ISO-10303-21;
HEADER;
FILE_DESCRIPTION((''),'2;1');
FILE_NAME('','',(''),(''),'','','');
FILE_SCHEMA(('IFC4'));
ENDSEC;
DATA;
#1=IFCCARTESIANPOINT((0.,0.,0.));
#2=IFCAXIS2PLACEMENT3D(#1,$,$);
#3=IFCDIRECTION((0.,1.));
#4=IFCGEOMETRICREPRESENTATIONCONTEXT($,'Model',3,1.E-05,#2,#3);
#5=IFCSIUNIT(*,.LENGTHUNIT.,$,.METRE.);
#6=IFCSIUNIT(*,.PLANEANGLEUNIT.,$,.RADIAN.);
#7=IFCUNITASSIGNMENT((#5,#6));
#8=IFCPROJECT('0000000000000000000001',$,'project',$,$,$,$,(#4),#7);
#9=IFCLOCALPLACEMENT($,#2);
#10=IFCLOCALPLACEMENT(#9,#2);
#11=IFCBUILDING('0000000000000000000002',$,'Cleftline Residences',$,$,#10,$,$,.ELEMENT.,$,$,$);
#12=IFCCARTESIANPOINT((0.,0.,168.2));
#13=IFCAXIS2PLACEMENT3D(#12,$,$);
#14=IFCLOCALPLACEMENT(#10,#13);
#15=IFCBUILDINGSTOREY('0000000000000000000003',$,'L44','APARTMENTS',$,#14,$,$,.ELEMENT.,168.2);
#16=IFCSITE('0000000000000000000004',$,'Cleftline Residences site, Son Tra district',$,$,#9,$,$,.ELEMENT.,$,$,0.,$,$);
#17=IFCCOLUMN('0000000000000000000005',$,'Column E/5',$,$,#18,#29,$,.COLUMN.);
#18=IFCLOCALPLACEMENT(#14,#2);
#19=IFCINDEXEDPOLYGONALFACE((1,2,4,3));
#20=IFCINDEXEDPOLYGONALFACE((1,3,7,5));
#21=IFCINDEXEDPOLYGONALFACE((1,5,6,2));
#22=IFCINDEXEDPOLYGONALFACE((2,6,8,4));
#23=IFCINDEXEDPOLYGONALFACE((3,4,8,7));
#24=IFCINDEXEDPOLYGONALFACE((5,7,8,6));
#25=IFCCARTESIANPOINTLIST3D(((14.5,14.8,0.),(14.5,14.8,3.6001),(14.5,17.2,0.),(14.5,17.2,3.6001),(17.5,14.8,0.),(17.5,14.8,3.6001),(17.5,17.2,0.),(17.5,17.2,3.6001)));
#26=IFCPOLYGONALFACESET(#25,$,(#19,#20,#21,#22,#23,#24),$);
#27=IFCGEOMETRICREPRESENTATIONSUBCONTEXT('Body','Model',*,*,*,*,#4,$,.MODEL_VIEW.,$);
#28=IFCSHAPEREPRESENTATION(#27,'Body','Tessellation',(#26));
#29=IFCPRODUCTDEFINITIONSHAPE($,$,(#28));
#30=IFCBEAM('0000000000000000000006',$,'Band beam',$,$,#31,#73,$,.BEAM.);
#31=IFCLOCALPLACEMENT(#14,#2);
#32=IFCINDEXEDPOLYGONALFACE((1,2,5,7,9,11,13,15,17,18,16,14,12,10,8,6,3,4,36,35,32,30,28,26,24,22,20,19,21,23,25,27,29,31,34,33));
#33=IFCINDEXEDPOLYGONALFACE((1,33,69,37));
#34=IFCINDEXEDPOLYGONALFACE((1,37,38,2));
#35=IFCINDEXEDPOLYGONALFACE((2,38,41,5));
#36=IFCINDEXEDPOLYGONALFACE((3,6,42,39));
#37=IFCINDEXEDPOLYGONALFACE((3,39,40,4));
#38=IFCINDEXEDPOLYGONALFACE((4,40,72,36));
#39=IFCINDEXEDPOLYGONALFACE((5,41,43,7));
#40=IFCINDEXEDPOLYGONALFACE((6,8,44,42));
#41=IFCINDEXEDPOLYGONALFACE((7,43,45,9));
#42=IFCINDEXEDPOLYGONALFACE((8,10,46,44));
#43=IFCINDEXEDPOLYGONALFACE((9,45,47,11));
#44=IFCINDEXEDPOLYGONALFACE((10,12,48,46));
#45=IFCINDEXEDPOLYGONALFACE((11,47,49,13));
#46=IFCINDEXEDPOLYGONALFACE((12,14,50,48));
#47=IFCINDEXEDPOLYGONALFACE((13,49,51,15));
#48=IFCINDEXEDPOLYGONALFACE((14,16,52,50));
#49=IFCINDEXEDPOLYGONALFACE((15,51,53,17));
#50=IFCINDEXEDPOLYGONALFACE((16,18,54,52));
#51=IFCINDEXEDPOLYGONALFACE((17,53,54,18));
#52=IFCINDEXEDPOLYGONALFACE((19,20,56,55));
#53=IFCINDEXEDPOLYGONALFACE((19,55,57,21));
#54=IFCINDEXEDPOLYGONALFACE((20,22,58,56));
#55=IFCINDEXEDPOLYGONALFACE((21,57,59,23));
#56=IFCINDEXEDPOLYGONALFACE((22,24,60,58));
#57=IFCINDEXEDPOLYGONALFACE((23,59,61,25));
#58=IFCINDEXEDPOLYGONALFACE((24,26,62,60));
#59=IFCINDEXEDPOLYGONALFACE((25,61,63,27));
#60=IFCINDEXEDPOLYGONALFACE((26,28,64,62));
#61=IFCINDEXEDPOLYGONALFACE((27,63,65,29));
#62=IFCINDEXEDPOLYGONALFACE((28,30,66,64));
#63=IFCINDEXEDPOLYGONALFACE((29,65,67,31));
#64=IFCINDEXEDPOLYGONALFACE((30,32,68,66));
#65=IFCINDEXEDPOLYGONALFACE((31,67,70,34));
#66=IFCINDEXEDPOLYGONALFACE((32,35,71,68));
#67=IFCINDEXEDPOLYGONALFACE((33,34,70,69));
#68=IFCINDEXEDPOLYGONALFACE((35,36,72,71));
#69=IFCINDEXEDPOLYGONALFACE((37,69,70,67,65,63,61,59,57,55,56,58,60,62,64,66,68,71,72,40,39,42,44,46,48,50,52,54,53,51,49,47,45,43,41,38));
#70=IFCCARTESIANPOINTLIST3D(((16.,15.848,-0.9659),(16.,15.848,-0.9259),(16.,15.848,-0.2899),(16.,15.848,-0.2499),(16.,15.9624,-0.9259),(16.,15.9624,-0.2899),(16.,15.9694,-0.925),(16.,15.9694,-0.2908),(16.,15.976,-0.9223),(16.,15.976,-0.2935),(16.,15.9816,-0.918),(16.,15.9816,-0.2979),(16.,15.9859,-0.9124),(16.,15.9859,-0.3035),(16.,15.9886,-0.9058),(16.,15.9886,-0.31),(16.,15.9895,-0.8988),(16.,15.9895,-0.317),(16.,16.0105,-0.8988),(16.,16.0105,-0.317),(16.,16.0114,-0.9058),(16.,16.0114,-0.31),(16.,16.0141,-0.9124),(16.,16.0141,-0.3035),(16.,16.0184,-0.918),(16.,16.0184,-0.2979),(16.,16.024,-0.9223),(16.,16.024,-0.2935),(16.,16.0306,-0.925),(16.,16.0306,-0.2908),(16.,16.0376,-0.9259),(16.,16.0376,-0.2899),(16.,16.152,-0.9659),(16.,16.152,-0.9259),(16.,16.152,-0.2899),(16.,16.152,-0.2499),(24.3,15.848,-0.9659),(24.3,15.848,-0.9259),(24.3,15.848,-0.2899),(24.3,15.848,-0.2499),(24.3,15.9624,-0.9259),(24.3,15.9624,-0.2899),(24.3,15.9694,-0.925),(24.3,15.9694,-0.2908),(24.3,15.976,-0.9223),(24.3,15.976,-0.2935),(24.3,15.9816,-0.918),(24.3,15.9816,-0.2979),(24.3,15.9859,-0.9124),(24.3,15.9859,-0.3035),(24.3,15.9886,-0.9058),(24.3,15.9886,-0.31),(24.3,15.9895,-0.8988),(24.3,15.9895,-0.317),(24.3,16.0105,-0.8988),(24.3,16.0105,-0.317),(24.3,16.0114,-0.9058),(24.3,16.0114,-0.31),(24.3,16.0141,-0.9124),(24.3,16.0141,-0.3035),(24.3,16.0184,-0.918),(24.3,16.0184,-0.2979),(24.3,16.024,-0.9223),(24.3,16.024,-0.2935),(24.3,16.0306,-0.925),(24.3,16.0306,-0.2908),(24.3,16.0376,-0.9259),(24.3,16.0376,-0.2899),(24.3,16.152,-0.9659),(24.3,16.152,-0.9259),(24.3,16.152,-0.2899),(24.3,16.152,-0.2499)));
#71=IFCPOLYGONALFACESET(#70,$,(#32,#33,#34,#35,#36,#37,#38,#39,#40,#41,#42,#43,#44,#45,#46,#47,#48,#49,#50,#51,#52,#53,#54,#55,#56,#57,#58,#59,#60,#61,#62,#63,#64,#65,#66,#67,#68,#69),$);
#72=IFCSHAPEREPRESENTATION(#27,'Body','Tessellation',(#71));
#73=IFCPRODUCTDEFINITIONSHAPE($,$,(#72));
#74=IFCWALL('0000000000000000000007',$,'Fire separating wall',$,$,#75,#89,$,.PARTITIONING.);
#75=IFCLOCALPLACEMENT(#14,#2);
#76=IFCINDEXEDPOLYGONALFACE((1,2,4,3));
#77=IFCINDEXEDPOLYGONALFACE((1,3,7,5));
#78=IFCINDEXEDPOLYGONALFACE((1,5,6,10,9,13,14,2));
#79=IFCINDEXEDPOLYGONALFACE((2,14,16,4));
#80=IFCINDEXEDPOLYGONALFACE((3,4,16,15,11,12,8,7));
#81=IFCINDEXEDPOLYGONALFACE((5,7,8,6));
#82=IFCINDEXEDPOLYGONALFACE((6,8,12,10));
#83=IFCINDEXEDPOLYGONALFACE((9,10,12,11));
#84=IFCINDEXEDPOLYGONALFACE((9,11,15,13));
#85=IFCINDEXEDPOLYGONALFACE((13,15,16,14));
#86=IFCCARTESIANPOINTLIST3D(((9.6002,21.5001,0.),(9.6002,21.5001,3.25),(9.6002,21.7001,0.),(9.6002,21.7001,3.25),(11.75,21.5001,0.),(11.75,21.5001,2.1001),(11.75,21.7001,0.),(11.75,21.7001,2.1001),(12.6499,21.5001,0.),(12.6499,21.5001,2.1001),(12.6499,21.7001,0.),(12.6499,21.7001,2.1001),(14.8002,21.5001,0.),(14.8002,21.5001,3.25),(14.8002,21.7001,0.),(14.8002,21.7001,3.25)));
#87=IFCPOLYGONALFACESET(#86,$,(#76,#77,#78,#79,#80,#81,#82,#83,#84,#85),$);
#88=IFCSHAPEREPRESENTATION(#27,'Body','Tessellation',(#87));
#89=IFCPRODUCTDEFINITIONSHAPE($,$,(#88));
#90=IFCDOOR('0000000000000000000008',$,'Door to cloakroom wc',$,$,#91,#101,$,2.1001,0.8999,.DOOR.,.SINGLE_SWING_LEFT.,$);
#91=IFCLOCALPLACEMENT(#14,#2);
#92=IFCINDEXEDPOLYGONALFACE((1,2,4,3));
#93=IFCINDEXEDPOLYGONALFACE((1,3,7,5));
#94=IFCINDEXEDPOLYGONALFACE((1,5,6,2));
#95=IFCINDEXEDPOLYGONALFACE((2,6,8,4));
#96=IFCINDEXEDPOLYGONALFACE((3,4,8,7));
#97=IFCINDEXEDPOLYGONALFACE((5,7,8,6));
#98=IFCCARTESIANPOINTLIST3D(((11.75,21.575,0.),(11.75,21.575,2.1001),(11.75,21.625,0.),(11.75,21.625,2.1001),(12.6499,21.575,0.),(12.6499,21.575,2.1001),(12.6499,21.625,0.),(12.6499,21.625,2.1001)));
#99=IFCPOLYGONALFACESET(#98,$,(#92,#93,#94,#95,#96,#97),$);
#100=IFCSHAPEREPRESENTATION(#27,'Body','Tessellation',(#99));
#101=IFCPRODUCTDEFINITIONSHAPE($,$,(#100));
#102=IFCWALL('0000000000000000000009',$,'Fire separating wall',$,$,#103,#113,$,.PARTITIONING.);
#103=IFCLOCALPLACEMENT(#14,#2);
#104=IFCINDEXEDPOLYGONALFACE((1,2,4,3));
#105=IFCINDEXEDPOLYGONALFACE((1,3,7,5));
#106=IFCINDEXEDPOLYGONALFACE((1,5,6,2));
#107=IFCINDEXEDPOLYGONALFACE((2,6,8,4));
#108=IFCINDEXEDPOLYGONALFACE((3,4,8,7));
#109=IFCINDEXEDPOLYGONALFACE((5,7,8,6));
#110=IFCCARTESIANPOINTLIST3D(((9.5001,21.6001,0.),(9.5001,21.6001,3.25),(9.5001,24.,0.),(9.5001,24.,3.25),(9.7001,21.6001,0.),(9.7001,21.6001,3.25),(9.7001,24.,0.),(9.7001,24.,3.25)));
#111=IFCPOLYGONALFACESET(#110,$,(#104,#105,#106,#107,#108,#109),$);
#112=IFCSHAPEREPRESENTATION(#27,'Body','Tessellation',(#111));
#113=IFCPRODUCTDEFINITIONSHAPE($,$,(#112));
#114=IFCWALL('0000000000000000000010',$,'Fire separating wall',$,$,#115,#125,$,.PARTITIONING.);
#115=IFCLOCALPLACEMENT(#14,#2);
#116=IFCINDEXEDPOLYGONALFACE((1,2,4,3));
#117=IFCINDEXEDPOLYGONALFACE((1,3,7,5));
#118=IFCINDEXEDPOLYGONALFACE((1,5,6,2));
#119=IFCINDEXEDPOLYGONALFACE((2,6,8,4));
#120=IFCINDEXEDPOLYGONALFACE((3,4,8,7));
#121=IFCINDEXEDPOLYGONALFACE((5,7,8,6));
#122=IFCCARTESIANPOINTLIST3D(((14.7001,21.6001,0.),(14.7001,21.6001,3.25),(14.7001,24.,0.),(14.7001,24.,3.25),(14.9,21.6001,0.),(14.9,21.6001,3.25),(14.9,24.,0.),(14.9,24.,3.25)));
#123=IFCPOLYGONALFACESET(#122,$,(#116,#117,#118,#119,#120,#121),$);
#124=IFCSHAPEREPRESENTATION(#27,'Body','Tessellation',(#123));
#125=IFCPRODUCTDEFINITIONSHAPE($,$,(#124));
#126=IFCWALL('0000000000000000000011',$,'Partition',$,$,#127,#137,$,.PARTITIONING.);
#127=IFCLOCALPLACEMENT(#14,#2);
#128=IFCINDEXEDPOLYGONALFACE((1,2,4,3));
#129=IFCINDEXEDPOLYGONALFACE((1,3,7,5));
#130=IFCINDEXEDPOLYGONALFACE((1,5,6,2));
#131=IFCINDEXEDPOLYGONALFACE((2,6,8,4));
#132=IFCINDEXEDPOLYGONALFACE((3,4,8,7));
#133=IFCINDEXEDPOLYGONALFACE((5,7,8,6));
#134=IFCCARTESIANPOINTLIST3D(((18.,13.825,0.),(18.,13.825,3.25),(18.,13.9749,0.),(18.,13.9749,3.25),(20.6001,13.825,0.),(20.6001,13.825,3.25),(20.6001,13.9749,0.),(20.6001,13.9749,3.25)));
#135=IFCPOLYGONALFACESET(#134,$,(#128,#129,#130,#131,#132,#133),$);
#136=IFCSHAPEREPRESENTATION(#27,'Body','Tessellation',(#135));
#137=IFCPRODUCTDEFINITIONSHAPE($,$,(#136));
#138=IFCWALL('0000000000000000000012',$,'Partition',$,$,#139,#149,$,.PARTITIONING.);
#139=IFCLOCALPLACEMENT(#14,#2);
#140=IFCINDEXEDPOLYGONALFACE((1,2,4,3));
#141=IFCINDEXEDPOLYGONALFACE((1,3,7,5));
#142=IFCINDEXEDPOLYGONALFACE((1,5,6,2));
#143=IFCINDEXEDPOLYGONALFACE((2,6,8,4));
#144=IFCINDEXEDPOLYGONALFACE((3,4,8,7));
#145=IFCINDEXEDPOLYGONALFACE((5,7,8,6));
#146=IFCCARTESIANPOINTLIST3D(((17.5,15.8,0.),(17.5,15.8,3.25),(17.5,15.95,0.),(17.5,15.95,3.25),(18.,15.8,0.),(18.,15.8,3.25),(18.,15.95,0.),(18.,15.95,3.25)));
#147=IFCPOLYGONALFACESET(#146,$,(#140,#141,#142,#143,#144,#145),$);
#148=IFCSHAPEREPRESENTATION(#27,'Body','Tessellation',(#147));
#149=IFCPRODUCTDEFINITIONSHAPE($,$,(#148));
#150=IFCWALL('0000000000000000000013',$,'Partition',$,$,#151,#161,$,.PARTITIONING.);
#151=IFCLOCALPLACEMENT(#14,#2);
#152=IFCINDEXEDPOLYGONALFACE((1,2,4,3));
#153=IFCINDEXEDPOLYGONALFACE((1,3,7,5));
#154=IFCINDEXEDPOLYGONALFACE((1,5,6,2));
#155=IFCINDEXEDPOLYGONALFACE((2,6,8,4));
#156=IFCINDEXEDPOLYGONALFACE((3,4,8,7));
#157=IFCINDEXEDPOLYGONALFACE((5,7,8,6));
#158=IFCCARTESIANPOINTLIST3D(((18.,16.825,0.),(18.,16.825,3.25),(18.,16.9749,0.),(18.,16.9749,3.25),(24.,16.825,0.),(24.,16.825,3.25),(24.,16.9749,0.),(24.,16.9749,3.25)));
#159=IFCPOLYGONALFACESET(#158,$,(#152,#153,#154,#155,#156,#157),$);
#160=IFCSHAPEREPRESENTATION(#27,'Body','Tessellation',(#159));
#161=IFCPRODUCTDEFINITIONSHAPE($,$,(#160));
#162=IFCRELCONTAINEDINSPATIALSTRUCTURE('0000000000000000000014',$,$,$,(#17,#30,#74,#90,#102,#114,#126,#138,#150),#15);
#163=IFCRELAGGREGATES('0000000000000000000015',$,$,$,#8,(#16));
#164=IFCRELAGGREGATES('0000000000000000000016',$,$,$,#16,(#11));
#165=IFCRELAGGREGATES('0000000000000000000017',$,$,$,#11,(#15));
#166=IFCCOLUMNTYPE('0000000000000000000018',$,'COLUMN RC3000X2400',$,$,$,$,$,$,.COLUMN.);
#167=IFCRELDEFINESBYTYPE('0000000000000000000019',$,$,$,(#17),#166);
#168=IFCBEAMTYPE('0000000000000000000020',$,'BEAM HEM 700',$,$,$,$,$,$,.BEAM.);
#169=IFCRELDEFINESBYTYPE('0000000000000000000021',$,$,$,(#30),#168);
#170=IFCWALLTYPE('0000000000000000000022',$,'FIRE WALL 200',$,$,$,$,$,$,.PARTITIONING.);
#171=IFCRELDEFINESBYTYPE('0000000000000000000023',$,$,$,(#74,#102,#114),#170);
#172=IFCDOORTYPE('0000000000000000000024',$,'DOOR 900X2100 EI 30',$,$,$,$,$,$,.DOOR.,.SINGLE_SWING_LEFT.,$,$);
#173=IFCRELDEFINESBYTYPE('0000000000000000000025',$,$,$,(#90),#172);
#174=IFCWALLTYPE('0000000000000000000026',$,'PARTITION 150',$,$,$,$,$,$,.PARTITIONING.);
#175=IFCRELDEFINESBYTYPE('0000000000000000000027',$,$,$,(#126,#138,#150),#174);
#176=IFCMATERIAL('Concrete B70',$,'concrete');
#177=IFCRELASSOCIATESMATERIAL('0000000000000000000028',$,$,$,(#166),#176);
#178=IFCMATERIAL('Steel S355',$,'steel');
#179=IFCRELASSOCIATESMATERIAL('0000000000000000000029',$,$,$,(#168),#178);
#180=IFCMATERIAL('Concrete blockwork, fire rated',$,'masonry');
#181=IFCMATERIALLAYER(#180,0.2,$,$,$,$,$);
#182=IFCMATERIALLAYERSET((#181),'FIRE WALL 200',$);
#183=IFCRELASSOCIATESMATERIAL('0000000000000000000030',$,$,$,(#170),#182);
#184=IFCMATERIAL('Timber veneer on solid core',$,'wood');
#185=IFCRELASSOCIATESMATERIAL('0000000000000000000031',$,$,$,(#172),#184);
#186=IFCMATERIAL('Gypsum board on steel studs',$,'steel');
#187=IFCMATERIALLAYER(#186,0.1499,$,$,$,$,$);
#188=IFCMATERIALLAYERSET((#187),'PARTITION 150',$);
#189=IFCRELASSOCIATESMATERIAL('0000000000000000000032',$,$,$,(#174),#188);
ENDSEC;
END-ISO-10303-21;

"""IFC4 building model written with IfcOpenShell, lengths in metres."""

from ifc_helpers import new_model, si_unit, direction, frame, frame_2d, origin, origin_2d, place, context, subcontext, project, spatial, rectangle, i_section, extrude, material, layer, layer_set, material_profile, profile_set, type_object, element, fill, save


model = new_model("IFC4")

# Units and contexts
model_context = context("Model", 3, precision=1e-05, world=origin(), true_north=direction((0.0, 1.0)))
body_context = subcontext(model_context, "Body", "Model", "MODEL_VIEW")
ifc_project = project(units=[si_unit("LENGTHUNIT", "METRE"), si_unit("PLANEANGLEUNIT", "RADIAN")], contexts=[model_context])

# Site, building, storey
site_placement = place(None, origin())
site = spatial("IfcSite", under=ifc_project, at=site_placement, Name="Cleftline Residences site, Son Tra district", CompositionType="ELEMENT", RefElevation=0.0)
building_placement = place(site_placement, origin())
building = spatial("IfcBuilding", under=site, at=building_placement, Name="Cleftline Residences", CompositionType="ELEMENT")
storey_placement = place(building_placement, frame((0.0, 0.0, 168.2)))
storey = spatial("IfcBuildingStorey", under=building, at=storey_placement, Name="L44", Description="APARTMENTS", CompositionType="ELEMENT", Elevation=168.2)

# Column
ifc_material_1 = material(Name="Concrete B70", Category="concrete")
ifc_material_profile_1 = material_profile(ifc_material_1, rectangle(XDim=3.0, YDim=2.3999, at=origin_2d()))
ifc_profile_set_1 = profile_set([ifc_material_profile_1], Name="Concrete B70")
column_type = type_object("IfcColumnType", Name="COLUMN RC3000X2400", PredefinedType="COLUMN", material=ifc_profile_set_1)
column_placement = place(storey_placement, frame((16.0, 16.0, 0.0), z_axis=(0.0, 0.0, 1.0), x_axis=(1.0, 0.0, 0.0)))
element("IfcColumn", 1, at=column_placement, inside=storey, type_object=column_type, Name="Column E/5", PredefinedType="COLUMN", context=body_context, shape_type="SweptSolid", body=[
    extrude(rectangle(XDim=3.0, YDim=2.3999, at=origin_2d()), origin(), (0.0, 0.0, 1.0), 3.6001),
])

# Beam
ifc_material_2 = material(Name="Steel S355", Category="steel")
ifc_material_profile_2 = material_profile(ifc_material_2, i_section(OverallWidth=0.304, OverallDepth=0.7161, WebThickness=0.021, FlangeThickness=0.04, FilletRadius=0.0271, at=origin_2d()))
ifc_profile_set_2 = profile_set([ifc_material_profile_2], Name="Steel S355")
beam_type = type_object("IfcBeamType", Name="BEAM HEM 700", PredefinedType="BEAM", material=ifc_profile_set_2)
beam_placement = place(storey_placement, frame((16.0, 16.0, -0.6079), z_axis=(1.0, 0.0, 0.0), x_axis=(0.0, 1.0, 0.0)))
element("IfcBeam", 2, at=beam_placement, inside=storey, type_object=beam_type, Name="Band beam", PredefinedType="BEAM", context=body_context, shape_type="SweptSolid", body=[
    extrude(i_section(OverallWidth=0.304, OverallDepth=0.7161, WebThickness=0.021, FlangeThickness=0.04, FilletRadius=0.0271, at=origin_2d()), origin(), (0.0, 0.0, 1.0), 8.3),
])

# Wall, opening, door
ifc_material_3 = material(Name="Concrete blockwork, fire rated", Category="masonry")
ifc_layer_1 = layer(ifc_material_3, 0.2)
ifc_layer_set_1 = layer_set([ifc_layer_1], Name="FIRE WALL 200")
wall_type_1 = type_object("IfcWallType", Name="FIRE WALL 200", PredefinedType="PARTITIONING", material=ifc_layer_set_1)
wall_1_placement = place(storey_placement, frame((9.6001, 21.6001, 0.0), z_axis=(0.0, 0.0, 1.0), x_axis=(1.0, 0.0, 0.0)))
wall_1 = element("IfcWall", 3, at=wall_1_placement, inside=storey, type_object=wall_type_1, Name="Fire separating wall", PredefinedType="PARTITIONING", context=body_context, shape_type="SweptSolid", body=[
    extrude(rectangle(XDim=5.2, YDim=0.2, at=frame_2d((2.6001, 0.0))), origin(), (0.0, 0.0, 1.0), 3.25),
])
opening_1_placement = place(wall_1_placement, frame((2.1499, 0.0, 0.0)))
opening_1 = element("IfcOpeningElement", 4, at=opening_1_placement, cuts=wall_1, PredefinedType="OPENING", context=body_context, shape_type="SweptSolid", body=[
    extrude(rectangle(XDim=0.8999, YDim=2.1001, at=frame_2d((0.45, 1.05))), frame((0.0, 0.1099, 0.0), z_axis=(0.0, -1.0, 0.0), x_axis=(1.0, 0.0, 0.0)), (0.0, 0.0, 1.0), 0.22),
])
ifc_material_4 = material(Name="Timber veneer on solid core", Category="wood")
door_type_1 = type_object("IfcDoorType", Name="DOOR 900X2100 EI 30", OperationType="SINGLE_SWING_LEFT", PredefinedType="DOOR", material=ifc_material_4)
door_1_placement = place(opening_1_placement, origin())
door_1 = element("IfcDoor", 5, at=door_1_placement, inside=storey, type_object=door_type_1, Name="Door to cloakroom wc", OperationType="SINGLE_SWING_LEFT", OverallHeight=2.1001, OverallWidth=0.8999, PredefinedType="DOOR", context=body_context, shape_type="SweptSolid", body=[
    extrude(rectangle(XDim=0.8999, YDim=2.1001, at=frame_2d((0.45, 1.05))), frame((0.0, 0.0249, 0.0), z_axis=(0.0, -1.0, 0.0), x_axis=(1.0, 0.0, 0.0)), (0.0, 0.0, 1.0), 0.05),
])
fill(opening_1, door_1)

# Walls
for number, where, z_axis, x_axis, name in (
    (6, (9.6001, 21.6001, 0.0), (0.0, 0.0, 1.0), (0.0, 1.0, 0.0), "Fire separating wall"),
    (7, (14.8, 21.6001, 0.0), (0.0, 0.0, 1.0), (0.0, 1.0, 0.0), "Fire separating wall"),
):
    element("IfcWall", number, at=place(storey_placement, frame(where, z_axis=z_axis, x_axis=x_axis)), inside=storey, type_object=wall_type_1, Name=name, PredefinedType="PARTITIONING", context=body_context, shape_type="SweptSolid", body=[
        extrude(rectangle(XDim=2.3999, YDim=0.2, at=frame_2d((1.2, 0.0))), origin(), (0.0, 0.0, 1.0), 3.25),
    ])

# Walls
ifc_material_5 = material(Name="Gypsum board on steel studs", Category="steel")
ifc_layer_2 = layer(ifc_material_5, 0.1499)
ifc_layer_set_2 = layer_set([ifc_layer_2], Name="PARTITION 150")
wall_type_2 = type_object("IfcWallType", Name="PARTITION 150", PredefinedType="PARTITIONING", material=ifc_layer_set_2)
wall_2_placement = place(storey_placement, frame((18.0, 13.8999, 0.0), z_axis=(0.0, 0.0, 1.0), x_axis=(1.0, 0.0, 0.0)))
element("IfcWall", 8, at=wall_2_placement, inside=storey, type_object=wall_type_2, Name="Partition", PredefinedType="PARTITIONING", context=body_context, shape_type="SweptSolid", body=[
    extrude(rectangle(XDim=2.6001, YDim=0.1499, at=frame_2d((1.3, 0.0))), origin(), (0.0, 0.0, 1.0), 3.25),
])
wall_3_placement = place(storey_placement, frame((17.5, 15.875, 0.0), z_axis=(0.0, 0.0, 1.0), x_axis=(1.0, 0.0, 0.0)))
element("IfcWall", 9, at=wall_3_placement, inside=storey, type_object=wall_type_2, Name="Partition", PredefinedType="PARTITIONING", context=body_context, shape_type="SweptSolid", body=[
    extrude(rectangle(XDim=0.5, YDim=0.1499, at=frame_2d((0.25, 0.0))), origin(), (0.0, 0.0, 1.0), 3.25),
])
wall_4_placement = place(storey_placement, frame((18.0, 16.8999, 0.0), z_axis=(0.0, 0.0, 1.0), x_axis=(1.0, 0.0, 0.0)))
element("IfcWall", 10, at=wall_4_placement, inside=storey, type_object=wall_type_2, Name="Partition", PredefinedType="PARTITIONING", context=body_context, shape_type="SweptSolid", body=[
    extrude(rectangle(XDim=6.0, YDim=0.1499, at=frame_2d((3.0, 0.0))), origin(), (0.0, 0.0, 1.0), 3.25),
])

save(model, "model.ifc")
